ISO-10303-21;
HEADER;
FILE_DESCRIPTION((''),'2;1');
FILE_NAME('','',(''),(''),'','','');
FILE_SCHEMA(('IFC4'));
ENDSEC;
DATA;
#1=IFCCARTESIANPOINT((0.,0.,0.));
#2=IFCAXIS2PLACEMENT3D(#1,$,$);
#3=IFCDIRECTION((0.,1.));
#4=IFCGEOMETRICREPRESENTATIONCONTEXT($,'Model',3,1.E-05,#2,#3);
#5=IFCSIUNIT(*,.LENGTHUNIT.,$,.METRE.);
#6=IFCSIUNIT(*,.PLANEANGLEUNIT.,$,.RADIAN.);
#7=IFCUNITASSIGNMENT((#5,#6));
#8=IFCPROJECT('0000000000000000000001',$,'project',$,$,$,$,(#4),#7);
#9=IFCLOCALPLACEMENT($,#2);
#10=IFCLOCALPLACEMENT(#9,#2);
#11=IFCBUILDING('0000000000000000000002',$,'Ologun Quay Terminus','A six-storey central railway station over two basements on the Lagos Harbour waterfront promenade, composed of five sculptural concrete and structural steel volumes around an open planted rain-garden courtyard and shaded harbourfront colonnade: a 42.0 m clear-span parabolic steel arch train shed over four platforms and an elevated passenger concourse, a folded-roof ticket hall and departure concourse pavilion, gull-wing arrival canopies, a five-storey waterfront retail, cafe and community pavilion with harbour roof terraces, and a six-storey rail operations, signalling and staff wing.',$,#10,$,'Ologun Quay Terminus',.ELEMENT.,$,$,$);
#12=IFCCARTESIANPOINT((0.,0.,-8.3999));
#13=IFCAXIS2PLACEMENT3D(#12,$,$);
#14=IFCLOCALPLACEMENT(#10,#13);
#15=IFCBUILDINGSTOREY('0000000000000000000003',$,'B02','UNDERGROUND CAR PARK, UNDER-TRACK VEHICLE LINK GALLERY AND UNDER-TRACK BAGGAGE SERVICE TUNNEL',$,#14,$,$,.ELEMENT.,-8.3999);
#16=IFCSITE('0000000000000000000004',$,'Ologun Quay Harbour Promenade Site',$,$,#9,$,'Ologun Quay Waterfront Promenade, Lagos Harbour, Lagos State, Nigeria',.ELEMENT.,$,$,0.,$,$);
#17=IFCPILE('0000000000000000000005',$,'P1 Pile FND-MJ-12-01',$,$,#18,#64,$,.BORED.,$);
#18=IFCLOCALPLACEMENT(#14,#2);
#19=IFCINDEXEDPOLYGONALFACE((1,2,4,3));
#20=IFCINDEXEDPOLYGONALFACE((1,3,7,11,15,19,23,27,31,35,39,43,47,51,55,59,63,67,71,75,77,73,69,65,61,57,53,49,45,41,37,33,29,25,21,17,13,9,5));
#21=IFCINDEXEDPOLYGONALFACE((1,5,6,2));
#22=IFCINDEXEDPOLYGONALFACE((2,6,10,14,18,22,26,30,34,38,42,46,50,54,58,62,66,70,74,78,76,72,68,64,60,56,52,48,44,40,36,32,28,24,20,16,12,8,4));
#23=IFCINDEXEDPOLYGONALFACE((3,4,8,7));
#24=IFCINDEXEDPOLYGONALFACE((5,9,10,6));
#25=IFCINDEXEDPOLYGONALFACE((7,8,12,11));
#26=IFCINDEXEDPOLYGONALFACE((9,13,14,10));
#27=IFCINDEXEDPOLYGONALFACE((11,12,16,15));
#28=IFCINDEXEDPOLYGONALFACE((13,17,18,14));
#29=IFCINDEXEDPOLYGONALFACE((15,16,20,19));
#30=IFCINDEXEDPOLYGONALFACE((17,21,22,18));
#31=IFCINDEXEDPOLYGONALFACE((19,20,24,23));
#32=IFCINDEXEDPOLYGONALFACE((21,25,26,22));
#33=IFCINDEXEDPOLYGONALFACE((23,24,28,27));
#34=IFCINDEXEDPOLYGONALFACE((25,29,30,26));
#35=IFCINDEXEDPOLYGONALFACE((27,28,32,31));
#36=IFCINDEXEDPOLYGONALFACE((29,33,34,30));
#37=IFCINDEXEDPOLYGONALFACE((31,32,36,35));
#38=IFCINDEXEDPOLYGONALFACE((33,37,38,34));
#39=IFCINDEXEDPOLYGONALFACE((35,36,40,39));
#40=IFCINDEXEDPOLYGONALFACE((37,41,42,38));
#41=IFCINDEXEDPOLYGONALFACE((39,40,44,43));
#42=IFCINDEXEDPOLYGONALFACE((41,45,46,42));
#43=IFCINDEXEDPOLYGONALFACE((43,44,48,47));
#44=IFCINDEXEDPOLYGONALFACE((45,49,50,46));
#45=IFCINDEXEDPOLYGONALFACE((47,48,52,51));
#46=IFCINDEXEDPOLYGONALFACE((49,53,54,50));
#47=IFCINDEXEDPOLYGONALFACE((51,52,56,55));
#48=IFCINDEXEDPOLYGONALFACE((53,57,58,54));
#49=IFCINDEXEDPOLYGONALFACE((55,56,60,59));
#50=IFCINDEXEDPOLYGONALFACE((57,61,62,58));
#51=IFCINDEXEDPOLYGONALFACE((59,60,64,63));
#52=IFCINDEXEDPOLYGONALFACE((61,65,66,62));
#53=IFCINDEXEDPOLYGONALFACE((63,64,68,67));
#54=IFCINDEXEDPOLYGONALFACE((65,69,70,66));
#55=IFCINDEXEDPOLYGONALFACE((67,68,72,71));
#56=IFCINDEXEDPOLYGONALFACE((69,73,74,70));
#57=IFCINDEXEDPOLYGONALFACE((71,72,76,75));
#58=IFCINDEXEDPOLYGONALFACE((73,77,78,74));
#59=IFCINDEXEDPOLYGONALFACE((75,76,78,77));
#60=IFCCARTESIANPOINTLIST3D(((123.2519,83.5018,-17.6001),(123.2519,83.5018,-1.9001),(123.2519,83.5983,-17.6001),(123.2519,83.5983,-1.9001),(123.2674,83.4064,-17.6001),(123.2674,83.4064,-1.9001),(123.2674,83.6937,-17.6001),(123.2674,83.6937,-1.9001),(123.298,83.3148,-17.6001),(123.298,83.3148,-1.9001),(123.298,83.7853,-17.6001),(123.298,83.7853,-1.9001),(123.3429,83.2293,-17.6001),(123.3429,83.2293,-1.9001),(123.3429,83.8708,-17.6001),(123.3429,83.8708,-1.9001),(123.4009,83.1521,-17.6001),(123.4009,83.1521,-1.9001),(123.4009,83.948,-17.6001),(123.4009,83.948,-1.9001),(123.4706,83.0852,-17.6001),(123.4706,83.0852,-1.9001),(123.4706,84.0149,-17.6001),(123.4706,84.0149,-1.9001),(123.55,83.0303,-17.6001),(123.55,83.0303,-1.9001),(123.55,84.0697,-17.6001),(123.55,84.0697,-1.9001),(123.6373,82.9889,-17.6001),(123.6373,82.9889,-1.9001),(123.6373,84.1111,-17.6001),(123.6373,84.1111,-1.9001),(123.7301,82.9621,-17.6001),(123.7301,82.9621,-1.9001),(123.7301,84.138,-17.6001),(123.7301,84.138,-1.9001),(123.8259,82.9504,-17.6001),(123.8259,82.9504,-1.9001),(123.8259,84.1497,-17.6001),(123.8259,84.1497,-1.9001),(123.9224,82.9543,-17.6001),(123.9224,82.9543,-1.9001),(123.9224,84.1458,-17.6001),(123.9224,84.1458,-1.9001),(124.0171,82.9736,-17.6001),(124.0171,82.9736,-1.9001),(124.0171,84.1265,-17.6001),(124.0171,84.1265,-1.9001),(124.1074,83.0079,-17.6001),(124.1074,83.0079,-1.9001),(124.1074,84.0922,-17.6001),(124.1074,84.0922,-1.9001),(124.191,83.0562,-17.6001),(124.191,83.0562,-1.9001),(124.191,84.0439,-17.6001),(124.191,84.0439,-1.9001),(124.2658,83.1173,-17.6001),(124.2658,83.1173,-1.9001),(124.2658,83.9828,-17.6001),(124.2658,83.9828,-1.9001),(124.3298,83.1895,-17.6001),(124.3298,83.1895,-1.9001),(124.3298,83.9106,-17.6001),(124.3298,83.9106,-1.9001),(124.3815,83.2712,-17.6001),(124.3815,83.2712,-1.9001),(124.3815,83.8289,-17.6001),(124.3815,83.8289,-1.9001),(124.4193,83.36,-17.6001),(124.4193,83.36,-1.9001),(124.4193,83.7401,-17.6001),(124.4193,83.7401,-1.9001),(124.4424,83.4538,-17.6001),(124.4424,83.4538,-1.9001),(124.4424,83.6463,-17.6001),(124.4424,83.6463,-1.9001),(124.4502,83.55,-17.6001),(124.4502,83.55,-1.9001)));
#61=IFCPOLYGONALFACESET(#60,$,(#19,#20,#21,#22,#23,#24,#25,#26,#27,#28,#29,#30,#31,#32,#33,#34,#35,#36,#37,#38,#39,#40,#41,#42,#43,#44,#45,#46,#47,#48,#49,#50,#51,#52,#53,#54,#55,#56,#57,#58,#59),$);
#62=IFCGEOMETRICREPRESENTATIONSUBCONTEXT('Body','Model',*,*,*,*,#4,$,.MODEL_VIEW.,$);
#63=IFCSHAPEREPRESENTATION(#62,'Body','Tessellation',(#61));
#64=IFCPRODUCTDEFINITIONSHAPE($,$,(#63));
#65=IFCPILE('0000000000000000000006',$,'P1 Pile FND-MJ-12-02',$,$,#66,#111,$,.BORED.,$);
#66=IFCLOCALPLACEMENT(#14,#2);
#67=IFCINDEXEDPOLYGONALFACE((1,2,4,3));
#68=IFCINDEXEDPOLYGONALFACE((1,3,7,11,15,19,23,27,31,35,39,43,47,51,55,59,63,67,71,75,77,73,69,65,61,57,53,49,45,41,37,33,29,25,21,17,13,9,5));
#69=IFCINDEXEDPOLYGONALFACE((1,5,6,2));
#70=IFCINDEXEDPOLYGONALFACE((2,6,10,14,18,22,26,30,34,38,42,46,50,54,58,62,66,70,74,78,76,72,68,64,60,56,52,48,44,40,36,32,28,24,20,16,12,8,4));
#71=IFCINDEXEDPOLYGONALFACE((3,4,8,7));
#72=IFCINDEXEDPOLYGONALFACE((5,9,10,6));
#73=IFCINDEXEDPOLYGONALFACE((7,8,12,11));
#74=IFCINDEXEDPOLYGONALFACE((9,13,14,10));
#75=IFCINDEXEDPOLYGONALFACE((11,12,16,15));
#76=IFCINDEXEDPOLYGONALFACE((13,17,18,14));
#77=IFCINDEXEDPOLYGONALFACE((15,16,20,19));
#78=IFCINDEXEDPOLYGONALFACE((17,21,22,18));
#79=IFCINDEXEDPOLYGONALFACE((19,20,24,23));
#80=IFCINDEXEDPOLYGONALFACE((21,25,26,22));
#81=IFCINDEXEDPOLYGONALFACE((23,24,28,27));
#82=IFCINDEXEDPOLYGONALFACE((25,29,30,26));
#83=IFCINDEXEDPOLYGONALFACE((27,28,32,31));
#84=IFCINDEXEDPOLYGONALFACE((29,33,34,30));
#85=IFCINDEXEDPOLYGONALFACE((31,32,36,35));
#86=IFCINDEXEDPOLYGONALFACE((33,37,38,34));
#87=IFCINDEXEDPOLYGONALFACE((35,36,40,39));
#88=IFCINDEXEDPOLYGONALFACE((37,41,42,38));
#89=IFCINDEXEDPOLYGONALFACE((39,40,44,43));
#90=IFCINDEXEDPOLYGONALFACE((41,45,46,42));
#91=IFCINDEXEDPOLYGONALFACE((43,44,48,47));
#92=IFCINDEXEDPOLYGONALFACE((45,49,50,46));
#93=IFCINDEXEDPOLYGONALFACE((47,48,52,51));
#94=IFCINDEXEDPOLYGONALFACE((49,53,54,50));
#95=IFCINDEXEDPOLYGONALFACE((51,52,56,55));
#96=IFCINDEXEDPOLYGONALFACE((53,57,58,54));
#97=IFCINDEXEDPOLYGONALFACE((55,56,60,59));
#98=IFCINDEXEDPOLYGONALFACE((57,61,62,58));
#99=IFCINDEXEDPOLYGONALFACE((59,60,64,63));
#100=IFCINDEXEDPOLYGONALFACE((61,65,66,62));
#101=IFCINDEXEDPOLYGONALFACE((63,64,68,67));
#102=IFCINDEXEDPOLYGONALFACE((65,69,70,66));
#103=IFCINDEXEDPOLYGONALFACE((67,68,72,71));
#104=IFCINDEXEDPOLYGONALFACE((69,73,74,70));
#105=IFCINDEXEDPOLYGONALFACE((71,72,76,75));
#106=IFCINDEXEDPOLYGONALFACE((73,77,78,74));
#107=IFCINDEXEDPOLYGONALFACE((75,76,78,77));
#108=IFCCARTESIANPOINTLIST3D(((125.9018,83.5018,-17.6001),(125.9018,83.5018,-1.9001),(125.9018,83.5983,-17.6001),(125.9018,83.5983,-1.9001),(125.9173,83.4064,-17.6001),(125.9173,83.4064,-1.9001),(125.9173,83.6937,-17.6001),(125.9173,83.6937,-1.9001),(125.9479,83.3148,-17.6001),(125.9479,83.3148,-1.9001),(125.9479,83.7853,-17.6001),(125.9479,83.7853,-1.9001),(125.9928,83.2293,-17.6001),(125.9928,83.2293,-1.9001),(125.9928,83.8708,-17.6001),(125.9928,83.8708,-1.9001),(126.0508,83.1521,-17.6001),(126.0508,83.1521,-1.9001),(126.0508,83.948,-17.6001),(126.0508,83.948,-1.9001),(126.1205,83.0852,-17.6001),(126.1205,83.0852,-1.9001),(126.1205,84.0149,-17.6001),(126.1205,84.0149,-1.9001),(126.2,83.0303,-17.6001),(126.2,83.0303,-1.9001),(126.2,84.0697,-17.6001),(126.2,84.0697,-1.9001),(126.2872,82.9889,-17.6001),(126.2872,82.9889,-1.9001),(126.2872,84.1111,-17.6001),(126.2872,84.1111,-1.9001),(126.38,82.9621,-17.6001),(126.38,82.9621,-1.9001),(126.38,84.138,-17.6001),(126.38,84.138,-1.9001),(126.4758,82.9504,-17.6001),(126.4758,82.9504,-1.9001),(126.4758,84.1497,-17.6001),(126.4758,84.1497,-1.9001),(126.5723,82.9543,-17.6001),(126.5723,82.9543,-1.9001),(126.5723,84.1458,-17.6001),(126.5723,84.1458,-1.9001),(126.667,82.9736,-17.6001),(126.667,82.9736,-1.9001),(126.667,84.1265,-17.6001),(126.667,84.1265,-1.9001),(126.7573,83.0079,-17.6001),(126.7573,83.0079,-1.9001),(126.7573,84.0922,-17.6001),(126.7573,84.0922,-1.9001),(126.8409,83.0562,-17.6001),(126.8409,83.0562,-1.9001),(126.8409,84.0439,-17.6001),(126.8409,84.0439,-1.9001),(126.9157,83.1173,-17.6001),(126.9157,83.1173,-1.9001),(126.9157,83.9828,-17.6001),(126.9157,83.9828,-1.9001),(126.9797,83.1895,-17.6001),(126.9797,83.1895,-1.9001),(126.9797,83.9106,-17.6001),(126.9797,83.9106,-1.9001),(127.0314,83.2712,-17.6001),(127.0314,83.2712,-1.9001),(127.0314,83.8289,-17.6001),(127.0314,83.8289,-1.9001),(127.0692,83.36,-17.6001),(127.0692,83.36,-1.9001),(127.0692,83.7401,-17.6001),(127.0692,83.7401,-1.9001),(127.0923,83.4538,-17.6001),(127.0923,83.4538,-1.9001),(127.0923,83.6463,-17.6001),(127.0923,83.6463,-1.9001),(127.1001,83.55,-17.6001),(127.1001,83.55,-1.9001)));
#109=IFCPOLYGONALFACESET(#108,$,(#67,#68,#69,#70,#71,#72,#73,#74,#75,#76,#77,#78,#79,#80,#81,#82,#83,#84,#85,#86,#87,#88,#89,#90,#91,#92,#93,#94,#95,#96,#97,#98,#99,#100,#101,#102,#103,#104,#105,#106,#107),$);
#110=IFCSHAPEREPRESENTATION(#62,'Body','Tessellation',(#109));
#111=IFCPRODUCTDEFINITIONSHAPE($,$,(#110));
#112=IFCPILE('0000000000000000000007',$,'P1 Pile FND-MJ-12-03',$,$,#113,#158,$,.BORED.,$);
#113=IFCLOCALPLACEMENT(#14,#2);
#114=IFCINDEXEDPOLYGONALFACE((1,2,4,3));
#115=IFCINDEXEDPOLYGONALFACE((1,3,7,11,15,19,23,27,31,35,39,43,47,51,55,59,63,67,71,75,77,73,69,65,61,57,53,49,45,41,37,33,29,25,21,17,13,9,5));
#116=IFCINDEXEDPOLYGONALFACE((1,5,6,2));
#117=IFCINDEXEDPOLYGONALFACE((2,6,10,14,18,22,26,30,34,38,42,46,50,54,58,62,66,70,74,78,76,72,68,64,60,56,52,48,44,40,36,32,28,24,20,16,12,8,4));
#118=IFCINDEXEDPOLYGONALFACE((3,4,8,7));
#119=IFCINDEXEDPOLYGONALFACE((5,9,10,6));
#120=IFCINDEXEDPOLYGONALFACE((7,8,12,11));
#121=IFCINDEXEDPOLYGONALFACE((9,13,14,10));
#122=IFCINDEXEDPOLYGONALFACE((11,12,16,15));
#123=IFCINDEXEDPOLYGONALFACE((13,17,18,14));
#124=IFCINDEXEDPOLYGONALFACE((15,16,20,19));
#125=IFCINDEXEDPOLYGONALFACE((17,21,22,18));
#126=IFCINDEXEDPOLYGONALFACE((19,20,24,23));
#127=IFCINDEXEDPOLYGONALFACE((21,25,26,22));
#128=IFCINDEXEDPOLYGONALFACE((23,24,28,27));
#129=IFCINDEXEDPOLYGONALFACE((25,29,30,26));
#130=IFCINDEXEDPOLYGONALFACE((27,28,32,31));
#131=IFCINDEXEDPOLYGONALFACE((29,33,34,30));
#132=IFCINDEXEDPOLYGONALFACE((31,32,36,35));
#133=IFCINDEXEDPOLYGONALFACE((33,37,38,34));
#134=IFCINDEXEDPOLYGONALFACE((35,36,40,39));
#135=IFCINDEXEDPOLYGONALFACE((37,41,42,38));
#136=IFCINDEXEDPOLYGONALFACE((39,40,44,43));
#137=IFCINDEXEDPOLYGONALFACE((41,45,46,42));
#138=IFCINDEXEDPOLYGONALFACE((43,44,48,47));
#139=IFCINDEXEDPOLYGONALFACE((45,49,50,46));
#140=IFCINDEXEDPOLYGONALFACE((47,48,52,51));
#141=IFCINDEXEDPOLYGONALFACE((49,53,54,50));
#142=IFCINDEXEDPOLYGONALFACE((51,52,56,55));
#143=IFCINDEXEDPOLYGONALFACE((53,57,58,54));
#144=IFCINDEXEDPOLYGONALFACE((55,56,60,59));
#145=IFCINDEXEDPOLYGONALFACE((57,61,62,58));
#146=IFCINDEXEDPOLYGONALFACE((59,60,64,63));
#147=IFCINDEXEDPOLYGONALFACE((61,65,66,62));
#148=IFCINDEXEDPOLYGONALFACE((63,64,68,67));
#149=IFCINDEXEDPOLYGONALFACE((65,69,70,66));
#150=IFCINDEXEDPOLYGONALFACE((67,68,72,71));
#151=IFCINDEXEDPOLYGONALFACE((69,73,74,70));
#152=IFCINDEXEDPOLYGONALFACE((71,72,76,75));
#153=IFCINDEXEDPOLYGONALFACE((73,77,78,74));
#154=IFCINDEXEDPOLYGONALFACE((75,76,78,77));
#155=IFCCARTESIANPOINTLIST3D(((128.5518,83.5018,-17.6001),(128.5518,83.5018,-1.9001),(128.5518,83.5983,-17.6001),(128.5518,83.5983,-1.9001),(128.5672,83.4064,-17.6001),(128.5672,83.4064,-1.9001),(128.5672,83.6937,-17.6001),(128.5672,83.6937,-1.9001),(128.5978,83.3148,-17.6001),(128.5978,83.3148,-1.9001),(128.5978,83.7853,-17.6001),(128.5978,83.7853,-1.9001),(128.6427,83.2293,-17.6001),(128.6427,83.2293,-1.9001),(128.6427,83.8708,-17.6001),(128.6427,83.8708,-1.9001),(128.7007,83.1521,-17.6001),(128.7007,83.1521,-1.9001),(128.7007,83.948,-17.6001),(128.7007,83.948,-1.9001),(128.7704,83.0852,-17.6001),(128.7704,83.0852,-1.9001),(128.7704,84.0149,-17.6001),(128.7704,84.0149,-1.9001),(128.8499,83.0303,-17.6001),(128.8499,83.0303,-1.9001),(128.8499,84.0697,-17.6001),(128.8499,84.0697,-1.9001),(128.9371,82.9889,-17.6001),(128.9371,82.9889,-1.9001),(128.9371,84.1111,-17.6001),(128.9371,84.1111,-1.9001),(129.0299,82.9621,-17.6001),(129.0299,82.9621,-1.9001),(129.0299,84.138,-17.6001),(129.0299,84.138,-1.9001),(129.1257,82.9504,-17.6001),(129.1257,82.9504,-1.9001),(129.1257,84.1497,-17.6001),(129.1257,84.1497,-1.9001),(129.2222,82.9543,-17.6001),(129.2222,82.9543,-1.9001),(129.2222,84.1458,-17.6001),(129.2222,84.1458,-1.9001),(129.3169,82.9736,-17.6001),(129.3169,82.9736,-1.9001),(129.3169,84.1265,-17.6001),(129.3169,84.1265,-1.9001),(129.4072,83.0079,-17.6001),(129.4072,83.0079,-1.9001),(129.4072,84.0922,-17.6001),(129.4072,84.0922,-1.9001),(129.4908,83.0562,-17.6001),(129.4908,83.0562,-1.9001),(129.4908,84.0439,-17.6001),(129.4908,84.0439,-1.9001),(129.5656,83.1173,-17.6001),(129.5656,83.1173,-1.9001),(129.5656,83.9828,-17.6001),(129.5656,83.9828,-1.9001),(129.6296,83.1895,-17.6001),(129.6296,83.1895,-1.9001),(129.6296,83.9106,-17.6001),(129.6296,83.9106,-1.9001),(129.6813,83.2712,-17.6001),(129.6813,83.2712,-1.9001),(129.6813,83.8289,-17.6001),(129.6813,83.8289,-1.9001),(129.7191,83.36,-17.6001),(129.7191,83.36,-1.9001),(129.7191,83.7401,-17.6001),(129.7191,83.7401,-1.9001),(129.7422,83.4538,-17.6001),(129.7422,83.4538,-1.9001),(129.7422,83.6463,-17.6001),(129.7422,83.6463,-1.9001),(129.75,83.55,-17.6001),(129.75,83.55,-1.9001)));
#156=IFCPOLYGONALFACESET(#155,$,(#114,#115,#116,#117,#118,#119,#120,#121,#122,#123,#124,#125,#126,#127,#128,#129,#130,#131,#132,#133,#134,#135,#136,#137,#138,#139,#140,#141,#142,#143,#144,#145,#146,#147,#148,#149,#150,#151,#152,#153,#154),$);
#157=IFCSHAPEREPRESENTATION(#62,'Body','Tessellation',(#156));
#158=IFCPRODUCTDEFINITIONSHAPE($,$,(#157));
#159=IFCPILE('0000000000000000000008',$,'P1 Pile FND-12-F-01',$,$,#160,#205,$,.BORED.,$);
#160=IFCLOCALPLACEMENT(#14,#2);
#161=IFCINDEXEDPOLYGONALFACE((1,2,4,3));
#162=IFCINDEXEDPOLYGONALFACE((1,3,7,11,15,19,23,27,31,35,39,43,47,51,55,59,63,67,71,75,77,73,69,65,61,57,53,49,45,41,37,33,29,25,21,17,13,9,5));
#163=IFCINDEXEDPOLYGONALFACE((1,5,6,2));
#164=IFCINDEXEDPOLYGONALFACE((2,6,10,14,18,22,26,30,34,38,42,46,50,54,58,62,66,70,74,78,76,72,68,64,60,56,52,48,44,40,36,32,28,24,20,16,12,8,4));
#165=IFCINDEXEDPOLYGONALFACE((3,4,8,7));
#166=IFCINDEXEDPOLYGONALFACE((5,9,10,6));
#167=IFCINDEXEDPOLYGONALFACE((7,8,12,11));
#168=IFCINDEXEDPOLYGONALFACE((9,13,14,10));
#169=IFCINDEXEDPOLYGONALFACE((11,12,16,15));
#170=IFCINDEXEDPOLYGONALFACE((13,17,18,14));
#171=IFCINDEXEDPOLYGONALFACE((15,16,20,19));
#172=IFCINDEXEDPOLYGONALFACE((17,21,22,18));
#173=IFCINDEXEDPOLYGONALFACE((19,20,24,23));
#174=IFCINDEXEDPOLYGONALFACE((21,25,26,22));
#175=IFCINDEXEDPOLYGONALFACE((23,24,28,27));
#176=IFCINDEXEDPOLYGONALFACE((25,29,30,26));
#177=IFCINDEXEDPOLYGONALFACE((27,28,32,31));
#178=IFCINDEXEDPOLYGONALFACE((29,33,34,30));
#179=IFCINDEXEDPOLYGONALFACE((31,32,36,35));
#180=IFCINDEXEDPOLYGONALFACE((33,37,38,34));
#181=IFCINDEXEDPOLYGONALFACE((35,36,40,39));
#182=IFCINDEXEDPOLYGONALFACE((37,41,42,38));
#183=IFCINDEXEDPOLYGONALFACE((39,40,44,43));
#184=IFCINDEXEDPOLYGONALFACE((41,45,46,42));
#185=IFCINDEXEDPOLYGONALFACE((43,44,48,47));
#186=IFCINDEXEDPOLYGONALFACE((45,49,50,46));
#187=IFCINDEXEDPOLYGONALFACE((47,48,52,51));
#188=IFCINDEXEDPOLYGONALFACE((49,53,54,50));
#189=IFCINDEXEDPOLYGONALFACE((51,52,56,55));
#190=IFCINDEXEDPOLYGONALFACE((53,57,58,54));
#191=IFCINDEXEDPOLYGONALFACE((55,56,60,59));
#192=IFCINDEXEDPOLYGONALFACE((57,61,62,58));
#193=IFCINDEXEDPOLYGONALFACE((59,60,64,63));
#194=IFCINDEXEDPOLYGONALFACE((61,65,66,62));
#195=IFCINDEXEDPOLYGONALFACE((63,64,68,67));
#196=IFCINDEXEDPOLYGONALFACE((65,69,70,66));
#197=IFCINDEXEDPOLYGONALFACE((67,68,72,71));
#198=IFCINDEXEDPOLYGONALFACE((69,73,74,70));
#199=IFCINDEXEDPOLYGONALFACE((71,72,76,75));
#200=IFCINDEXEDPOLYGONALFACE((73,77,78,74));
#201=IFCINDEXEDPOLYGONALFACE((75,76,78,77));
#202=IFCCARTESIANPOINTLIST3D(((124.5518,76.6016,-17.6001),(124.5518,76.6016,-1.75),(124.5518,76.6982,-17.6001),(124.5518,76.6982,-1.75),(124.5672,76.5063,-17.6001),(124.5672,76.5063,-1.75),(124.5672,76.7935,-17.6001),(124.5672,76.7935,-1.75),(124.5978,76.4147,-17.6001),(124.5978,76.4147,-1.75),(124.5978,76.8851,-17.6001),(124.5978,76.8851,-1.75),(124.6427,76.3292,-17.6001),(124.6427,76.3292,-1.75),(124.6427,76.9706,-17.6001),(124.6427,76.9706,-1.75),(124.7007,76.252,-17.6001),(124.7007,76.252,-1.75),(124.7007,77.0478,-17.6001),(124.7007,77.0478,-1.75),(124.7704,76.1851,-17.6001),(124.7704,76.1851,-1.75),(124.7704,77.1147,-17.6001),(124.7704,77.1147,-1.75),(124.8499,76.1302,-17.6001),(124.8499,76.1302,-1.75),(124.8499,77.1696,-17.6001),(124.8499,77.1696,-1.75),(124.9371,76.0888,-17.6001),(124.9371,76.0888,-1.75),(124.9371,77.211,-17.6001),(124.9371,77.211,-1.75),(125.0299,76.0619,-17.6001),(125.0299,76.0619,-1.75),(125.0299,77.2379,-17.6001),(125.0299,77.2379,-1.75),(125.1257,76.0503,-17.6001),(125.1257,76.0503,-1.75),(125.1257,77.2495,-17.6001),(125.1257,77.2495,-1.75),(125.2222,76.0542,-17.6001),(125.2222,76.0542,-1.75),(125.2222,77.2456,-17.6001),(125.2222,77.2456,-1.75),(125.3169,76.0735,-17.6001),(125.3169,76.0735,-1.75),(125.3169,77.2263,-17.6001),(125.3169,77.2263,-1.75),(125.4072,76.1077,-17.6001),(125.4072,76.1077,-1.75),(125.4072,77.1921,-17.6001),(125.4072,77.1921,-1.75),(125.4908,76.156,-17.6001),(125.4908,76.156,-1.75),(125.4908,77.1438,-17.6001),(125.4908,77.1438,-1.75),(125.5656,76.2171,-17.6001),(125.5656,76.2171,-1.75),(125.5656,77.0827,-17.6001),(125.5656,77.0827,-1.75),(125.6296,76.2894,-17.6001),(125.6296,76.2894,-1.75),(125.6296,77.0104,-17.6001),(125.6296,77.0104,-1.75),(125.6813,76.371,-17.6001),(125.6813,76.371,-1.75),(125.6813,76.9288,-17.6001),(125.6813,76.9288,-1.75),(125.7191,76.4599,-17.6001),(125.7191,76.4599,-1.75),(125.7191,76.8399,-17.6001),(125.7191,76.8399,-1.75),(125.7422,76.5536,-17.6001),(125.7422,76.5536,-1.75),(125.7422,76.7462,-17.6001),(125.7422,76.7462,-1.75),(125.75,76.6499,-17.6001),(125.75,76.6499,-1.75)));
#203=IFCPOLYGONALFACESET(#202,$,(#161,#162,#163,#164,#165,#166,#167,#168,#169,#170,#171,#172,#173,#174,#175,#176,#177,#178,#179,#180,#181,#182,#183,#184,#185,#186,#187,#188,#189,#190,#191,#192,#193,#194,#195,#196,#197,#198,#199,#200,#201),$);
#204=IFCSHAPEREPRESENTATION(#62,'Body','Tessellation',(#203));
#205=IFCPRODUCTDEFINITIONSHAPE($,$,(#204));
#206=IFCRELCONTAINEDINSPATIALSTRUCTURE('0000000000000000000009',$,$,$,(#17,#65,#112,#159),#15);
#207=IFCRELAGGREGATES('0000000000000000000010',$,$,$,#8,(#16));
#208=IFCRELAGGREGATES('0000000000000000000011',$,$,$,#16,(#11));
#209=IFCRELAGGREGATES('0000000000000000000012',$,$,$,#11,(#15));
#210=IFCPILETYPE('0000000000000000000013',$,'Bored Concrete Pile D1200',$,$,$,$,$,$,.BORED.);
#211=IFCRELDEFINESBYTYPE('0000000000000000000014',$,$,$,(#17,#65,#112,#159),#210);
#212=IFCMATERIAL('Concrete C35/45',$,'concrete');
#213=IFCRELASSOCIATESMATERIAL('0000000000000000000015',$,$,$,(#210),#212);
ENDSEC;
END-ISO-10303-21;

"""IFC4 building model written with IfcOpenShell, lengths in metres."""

from ifc_helpers import new_model, si_unit, direction, frame, origin, origin_2d, place, context, subcontext, project, spatial, circle, extrude, material, material_profile, profile_set, type_object, element, save


model = new_model("IFC4")

# Units and contexts
model_context = context("Model", 3, precision=1e-05, world=origin(), true_north=direction((0.0, 1.0)))
body_context = subcontext(model_context, "Body", "Model", "MODEL_VIEW")
ifc_project = project(units=[si_unit("LENGTHUNIT", "METRE"), si_unit("PLANEANGLEUNIT", "RADIAN")], contexts=[model_context])

# Site, building, storey
site_placement = place(None, origin())
site = spatial("IfcSite", under=ifc_project, at=site_placement, Name="Ologun Quay Harbour Promenade Site", LongName="Ologun Quay Waterfront Promenade, Lagos Harbour, Lagos State, Nigeria", CompositionType="ELEMENT", RefElevation=0.0)
building_placement = place(site_placement, origin())
building = spatial("IfcBuilding", under=site, at=building_placement, Name="Ologun Quay Terminus", Description="A six-storey central railway station over two basements on the Lagos Harbour waterfront promenade, composed of five sculptural concrete and structural steel volumes around an open planted rain-garden courtyard and shaded harbourfront colonnade: a 42.0 m clear-span parabolic steel arch train shed over four platforms and an elevated passenger concourse, a folded-roof ticket hall and departure concourse pavilion, gull-wing arrival canopies, a five-storey waterfront retail, cafe and community pavilion with harbour roof terraces, and a six-storey rail operations, signalling and staff wing.", LongName="Ologun Quay Terminus", CompositionType="ELEMENT")
storey_placement = place(building_placement, frame((0.0, 0.0, -8.3999)))
storey = spatial("IfcBuildingStorey", under=building, at=storey_placement, Name="B02", Description="UNDERGROUND CAR PARK, UNDER-TRACK VEHICLE LINK GALLERY AND UNDER-TRACK BAGGAGE SERVICE TUNNEL", CompositionType="ELEMENT", Elevation=-8.3999)

# Piles
ifc_material_1 = material(Name="Concrete C35/45", Category="concrete")
ifc_material_profile_1 = material_profile(ifc_material_1, circle(Radius=0.6001, at=origin_2d()), Name="PILE D1200")
ifc_profile_set_1 = profile_set([ifc_material_profile_1], Name="Concrete C35/45")
pile_type = type_object("IfcPileType", Name="Bored Concrete Pile D1200", PredefinedType="BORED", material=ifc_profile_set_1)
for number, where, z_axis, x_axis, name in (
    (1, (123.8501, 83.55, -1.9001), (0.0, 0.0, -1.0), (1.0, 0.0, 0.0), "P1 Pile FND-MJ-12-01"),
    (2, (126.5, 83.55, -1.9001), (0.0, 0.0, -1.0), (1.0, 0.0, 0.0), "P1 Pile FND-MJ-12-02"),
    (3, (129.1499, 83.55, -1.9001), (0.0, 0.0, -1.0), (1.0, 0.0, 0.0), "P1 Pile FND-MJ-12-03"),
):
    element("IfcPile", number, at=place(storey_placement, frame(where, z_axis=z_axis, x_axis=x_axis)), inside=storey, type_object=pile_type, Name=name, PredefinedType="BORED", context=body_context, shape_type="SweptSolid", body=[
        extrude(circle(Radius=0.6001, at=origin_2d()), origin(), (0.0, 0.0, 1.0), 15.7),
    ])
for number, where, z_axis, x_axis, name in (
    (4, (125.1499, 76.6499, -1.75), (0.0, 0.0, -1.0), (1.0, 0.0, 0.0), "P1 Pile FND-12-F-01"),
):
    element("IfcPile", number, at=place(storey_placement, frame(where, z_axis=z_axis, x_axis=x_axis)), inside=storey, type_object=pile_type, Name=name, PredefinedType="BORED", context=body_context, shape_type="SweptSolid", body=[
        extrude(circle(Radius=0.6001, at=origin_2d()), origin(), (0.0, 0.0, 1.0), 15.8501),
    ])

save(model, "model.ifc")
